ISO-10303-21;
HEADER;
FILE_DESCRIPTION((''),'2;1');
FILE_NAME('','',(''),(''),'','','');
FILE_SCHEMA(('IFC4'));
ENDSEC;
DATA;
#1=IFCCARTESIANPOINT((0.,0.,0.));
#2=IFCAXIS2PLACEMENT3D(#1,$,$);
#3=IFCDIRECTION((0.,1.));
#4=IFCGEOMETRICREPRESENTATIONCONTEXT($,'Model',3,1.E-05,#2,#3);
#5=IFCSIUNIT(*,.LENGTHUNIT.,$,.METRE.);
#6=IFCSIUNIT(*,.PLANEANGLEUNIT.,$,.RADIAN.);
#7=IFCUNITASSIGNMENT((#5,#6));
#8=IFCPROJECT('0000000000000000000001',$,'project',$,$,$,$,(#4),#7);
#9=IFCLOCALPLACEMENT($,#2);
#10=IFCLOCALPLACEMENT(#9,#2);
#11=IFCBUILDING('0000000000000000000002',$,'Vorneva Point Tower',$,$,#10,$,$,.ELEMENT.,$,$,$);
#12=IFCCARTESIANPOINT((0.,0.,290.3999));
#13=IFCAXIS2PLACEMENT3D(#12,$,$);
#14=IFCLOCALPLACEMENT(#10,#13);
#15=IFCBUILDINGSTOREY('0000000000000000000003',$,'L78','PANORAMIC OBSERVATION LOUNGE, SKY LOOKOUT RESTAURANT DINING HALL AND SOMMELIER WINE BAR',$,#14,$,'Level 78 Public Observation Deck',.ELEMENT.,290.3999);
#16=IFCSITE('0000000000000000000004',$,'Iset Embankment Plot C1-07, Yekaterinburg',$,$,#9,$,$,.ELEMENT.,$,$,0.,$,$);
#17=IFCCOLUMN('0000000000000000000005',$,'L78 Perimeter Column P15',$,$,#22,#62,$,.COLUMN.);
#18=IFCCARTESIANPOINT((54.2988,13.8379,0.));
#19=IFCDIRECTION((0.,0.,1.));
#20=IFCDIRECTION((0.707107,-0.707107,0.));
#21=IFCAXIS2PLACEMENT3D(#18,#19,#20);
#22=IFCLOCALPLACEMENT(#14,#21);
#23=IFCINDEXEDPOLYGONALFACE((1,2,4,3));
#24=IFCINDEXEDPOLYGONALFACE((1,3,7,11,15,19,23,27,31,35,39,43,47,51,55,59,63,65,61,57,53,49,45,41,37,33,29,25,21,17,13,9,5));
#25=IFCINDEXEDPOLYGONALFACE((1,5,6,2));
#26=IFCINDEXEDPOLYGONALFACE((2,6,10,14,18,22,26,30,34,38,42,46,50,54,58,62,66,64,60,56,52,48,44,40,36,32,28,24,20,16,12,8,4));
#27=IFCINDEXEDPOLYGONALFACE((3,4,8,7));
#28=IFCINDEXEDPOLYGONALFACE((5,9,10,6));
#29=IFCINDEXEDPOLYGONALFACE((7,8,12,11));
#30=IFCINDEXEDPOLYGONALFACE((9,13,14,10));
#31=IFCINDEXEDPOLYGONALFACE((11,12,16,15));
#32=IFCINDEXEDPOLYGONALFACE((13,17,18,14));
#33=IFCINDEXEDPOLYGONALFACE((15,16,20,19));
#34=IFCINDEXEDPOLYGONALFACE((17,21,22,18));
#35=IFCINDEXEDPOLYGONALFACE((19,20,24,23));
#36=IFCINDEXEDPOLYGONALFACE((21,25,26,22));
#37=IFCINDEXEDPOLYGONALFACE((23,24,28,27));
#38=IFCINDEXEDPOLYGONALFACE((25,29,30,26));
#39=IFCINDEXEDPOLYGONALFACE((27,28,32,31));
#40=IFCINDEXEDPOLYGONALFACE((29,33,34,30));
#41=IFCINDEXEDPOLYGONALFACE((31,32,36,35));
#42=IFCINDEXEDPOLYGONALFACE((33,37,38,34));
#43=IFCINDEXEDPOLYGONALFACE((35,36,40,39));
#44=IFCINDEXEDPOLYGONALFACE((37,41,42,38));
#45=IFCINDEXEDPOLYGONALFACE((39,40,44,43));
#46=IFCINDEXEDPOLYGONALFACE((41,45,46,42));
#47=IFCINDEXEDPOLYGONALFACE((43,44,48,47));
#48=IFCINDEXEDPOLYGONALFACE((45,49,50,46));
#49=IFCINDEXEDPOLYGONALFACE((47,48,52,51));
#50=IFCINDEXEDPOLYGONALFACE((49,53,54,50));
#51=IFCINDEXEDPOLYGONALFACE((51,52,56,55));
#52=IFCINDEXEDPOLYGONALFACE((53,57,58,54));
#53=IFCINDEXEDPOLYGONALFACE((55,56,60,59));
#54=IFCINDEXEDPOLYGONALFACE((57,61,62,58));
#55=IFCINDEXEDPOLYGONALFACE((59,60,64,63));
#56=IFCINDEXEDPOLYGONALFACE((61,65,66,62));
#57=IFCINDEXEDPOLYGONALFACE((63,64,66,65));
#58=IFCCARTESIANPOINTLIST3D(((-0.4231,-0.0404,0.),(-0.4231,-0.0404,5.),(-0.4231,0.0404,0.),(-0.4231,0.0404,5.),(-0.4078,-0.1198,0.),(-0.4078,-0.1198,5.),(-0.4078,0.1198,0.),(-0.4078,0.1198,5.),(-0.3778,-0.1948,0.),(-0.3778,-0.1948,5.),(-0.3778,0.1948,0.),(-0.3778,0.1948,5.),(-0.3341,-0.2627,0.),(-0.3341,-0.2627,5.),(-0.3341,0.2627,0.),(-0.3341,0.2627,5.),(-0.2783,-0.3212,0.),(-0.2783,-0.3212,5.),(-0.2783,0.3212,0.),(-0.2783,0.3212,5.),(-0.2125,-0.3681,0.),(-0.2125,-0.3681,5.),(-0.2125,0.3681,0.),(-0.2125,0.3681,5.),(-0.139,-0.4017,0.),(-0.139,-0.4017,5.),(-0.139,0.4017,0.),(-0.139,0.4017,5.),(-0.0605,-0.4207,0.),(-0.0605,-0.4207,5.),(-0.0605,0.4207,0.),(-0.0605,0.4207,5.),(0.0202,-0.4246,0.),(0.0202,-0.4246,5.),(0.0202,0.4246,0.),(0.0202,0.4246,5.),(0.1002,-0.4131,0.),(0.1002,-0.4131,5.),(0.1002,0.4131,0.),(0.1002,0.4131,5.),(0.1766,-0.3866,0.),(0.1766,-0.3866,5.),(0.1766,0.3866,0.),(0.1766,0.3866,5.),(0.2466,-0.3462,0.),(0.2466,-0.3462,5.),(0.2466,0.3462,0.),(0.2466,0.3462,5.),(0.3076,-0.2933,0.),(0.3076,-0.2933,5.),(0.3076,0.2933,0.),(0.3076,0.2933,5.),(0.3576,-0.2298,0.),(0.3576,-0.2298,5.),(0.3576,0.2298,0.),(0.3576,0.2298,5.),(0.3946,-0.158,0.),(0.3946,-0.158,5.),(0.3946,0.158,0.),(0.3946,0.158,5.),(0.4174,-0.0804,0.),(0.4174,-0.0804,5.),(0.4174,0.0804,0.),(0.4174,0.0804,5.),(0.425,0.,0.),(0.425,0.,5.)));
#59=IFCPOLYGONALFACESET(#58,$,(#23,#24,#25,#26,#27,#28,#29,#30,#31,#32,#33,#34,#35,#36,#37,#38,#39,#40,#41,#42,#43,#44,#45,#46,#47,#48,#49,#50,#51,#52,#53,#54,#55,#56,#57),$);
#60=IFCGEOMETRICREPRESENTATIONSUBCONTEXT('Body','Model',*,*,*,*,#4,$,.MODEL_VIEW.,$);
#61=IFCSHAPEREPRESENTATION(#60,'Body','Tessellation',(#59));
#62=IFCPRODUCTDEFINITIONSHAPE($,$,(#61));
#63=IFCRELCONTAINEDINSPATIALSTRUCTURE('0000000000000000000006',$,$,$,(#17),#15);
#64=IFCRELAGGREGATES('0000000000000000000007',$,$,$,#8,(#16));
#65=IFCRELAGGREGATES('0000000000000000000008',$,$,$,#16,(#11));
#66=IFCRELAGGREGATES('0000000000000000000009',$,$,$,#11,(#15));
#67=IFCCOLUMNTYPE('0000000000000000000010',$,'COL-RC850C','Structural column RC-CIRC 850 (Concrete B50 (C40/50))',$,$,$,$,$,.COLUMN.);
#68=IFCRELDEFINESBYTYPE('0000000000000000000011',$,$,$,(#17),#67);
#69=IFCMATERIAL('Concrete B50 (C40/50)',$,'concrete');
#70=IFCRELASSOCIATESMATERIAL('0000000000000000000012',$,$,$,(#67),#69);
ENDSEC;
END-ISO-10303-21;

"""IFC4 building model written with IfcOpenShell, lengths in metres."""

from ifc_helpers import new_model, si_unit, direction, frame, origin, origin_2d, place, context, subcontext, project, spatial, circle, extrude, material, material_profile, profile_set, type_object, element, save


model = new_model("IFC4")

# Units and contexts
model_context = context("Model", 3, precision=1e-05, world=origin(), true_north=direction((0.0, 1.0)))
body_context = subcontext(model_context, "Body", "Model", "MODEL_VIEW")
ifc_project = project(units=[si_unit("LENGTHUNIT", "METRE"), si_unit("PLANEANGLEUNIT", "RADIAN")], contexts=[model_context])

# Site, building, storey
site_placement = place(None, origin())
site = spatial("IfcSite", under=ifc_project, at=site_placement, Name="Iset Embankment Plot C1-07, Yekaterinburg", CompositionType="ELEMENT", RefElevation=0.0)
building_placement = place(site_placement, origin())
building = spatial("IfcBuilding", under=site, at=building_placement, Name="Vorneva Point Tower", CompositionType="ELEMENT")
storey_placement = place(building_placement, frame((0.0, 0.0, 290.3999)))
storey = spatial("IfcBuildingStorey", under=building, at=storey_placement, Name="L78", Description="PANORAMIC OBSERVATION LOUNGE, SKY LOOKOUT RESTAURANT DINING HALL AND SOMMELIER WINE BAR", LongName="Level 78 Public Observation Deck", CompositionType="ELEMENT", Elevation=290.3999)

# Column
ifc_material_1 = material(Name="Concrete B50 (C40/50)", Category="concrete")
ifc_material_profile_1 = material_profile(ifc_material_1, circle(Radius=0.425, at=origin_2d()), Name="RC-CIRC 850")
ifc_profile_set_1 = profile_set([ifc_material_profile_1], Name="Concrete B50 (C40/50)")
column_type = type_object("IfcColumnType", Name="COL-RC850C", Description="Structural column RC-CIRC 850 (Concrete B50 (C40/50))", PredefinedType="COLUMN", material=ifc_profile_set_1)
column_placement = place(storey_placement, frame((54.2988, 13.8379, 0.0), z_axis=(0.0, 0.0, 1.0), x_axis=(0.707107, -0.707107, 0.0)))
element("IfcColumn", 1, at=column_placement, inside=storey, type_object=column_type, Name="L78 Perimeter Column P15", PredefinedType="COLUMN", context=body_context, shape_type="SweptSolid", body=[
    extrude(circle(Radius=0.425, at=origin_2d()), origin(), (0.0, 0.0, 1.0), 5.0),
])

save(model, "model.ifc")
